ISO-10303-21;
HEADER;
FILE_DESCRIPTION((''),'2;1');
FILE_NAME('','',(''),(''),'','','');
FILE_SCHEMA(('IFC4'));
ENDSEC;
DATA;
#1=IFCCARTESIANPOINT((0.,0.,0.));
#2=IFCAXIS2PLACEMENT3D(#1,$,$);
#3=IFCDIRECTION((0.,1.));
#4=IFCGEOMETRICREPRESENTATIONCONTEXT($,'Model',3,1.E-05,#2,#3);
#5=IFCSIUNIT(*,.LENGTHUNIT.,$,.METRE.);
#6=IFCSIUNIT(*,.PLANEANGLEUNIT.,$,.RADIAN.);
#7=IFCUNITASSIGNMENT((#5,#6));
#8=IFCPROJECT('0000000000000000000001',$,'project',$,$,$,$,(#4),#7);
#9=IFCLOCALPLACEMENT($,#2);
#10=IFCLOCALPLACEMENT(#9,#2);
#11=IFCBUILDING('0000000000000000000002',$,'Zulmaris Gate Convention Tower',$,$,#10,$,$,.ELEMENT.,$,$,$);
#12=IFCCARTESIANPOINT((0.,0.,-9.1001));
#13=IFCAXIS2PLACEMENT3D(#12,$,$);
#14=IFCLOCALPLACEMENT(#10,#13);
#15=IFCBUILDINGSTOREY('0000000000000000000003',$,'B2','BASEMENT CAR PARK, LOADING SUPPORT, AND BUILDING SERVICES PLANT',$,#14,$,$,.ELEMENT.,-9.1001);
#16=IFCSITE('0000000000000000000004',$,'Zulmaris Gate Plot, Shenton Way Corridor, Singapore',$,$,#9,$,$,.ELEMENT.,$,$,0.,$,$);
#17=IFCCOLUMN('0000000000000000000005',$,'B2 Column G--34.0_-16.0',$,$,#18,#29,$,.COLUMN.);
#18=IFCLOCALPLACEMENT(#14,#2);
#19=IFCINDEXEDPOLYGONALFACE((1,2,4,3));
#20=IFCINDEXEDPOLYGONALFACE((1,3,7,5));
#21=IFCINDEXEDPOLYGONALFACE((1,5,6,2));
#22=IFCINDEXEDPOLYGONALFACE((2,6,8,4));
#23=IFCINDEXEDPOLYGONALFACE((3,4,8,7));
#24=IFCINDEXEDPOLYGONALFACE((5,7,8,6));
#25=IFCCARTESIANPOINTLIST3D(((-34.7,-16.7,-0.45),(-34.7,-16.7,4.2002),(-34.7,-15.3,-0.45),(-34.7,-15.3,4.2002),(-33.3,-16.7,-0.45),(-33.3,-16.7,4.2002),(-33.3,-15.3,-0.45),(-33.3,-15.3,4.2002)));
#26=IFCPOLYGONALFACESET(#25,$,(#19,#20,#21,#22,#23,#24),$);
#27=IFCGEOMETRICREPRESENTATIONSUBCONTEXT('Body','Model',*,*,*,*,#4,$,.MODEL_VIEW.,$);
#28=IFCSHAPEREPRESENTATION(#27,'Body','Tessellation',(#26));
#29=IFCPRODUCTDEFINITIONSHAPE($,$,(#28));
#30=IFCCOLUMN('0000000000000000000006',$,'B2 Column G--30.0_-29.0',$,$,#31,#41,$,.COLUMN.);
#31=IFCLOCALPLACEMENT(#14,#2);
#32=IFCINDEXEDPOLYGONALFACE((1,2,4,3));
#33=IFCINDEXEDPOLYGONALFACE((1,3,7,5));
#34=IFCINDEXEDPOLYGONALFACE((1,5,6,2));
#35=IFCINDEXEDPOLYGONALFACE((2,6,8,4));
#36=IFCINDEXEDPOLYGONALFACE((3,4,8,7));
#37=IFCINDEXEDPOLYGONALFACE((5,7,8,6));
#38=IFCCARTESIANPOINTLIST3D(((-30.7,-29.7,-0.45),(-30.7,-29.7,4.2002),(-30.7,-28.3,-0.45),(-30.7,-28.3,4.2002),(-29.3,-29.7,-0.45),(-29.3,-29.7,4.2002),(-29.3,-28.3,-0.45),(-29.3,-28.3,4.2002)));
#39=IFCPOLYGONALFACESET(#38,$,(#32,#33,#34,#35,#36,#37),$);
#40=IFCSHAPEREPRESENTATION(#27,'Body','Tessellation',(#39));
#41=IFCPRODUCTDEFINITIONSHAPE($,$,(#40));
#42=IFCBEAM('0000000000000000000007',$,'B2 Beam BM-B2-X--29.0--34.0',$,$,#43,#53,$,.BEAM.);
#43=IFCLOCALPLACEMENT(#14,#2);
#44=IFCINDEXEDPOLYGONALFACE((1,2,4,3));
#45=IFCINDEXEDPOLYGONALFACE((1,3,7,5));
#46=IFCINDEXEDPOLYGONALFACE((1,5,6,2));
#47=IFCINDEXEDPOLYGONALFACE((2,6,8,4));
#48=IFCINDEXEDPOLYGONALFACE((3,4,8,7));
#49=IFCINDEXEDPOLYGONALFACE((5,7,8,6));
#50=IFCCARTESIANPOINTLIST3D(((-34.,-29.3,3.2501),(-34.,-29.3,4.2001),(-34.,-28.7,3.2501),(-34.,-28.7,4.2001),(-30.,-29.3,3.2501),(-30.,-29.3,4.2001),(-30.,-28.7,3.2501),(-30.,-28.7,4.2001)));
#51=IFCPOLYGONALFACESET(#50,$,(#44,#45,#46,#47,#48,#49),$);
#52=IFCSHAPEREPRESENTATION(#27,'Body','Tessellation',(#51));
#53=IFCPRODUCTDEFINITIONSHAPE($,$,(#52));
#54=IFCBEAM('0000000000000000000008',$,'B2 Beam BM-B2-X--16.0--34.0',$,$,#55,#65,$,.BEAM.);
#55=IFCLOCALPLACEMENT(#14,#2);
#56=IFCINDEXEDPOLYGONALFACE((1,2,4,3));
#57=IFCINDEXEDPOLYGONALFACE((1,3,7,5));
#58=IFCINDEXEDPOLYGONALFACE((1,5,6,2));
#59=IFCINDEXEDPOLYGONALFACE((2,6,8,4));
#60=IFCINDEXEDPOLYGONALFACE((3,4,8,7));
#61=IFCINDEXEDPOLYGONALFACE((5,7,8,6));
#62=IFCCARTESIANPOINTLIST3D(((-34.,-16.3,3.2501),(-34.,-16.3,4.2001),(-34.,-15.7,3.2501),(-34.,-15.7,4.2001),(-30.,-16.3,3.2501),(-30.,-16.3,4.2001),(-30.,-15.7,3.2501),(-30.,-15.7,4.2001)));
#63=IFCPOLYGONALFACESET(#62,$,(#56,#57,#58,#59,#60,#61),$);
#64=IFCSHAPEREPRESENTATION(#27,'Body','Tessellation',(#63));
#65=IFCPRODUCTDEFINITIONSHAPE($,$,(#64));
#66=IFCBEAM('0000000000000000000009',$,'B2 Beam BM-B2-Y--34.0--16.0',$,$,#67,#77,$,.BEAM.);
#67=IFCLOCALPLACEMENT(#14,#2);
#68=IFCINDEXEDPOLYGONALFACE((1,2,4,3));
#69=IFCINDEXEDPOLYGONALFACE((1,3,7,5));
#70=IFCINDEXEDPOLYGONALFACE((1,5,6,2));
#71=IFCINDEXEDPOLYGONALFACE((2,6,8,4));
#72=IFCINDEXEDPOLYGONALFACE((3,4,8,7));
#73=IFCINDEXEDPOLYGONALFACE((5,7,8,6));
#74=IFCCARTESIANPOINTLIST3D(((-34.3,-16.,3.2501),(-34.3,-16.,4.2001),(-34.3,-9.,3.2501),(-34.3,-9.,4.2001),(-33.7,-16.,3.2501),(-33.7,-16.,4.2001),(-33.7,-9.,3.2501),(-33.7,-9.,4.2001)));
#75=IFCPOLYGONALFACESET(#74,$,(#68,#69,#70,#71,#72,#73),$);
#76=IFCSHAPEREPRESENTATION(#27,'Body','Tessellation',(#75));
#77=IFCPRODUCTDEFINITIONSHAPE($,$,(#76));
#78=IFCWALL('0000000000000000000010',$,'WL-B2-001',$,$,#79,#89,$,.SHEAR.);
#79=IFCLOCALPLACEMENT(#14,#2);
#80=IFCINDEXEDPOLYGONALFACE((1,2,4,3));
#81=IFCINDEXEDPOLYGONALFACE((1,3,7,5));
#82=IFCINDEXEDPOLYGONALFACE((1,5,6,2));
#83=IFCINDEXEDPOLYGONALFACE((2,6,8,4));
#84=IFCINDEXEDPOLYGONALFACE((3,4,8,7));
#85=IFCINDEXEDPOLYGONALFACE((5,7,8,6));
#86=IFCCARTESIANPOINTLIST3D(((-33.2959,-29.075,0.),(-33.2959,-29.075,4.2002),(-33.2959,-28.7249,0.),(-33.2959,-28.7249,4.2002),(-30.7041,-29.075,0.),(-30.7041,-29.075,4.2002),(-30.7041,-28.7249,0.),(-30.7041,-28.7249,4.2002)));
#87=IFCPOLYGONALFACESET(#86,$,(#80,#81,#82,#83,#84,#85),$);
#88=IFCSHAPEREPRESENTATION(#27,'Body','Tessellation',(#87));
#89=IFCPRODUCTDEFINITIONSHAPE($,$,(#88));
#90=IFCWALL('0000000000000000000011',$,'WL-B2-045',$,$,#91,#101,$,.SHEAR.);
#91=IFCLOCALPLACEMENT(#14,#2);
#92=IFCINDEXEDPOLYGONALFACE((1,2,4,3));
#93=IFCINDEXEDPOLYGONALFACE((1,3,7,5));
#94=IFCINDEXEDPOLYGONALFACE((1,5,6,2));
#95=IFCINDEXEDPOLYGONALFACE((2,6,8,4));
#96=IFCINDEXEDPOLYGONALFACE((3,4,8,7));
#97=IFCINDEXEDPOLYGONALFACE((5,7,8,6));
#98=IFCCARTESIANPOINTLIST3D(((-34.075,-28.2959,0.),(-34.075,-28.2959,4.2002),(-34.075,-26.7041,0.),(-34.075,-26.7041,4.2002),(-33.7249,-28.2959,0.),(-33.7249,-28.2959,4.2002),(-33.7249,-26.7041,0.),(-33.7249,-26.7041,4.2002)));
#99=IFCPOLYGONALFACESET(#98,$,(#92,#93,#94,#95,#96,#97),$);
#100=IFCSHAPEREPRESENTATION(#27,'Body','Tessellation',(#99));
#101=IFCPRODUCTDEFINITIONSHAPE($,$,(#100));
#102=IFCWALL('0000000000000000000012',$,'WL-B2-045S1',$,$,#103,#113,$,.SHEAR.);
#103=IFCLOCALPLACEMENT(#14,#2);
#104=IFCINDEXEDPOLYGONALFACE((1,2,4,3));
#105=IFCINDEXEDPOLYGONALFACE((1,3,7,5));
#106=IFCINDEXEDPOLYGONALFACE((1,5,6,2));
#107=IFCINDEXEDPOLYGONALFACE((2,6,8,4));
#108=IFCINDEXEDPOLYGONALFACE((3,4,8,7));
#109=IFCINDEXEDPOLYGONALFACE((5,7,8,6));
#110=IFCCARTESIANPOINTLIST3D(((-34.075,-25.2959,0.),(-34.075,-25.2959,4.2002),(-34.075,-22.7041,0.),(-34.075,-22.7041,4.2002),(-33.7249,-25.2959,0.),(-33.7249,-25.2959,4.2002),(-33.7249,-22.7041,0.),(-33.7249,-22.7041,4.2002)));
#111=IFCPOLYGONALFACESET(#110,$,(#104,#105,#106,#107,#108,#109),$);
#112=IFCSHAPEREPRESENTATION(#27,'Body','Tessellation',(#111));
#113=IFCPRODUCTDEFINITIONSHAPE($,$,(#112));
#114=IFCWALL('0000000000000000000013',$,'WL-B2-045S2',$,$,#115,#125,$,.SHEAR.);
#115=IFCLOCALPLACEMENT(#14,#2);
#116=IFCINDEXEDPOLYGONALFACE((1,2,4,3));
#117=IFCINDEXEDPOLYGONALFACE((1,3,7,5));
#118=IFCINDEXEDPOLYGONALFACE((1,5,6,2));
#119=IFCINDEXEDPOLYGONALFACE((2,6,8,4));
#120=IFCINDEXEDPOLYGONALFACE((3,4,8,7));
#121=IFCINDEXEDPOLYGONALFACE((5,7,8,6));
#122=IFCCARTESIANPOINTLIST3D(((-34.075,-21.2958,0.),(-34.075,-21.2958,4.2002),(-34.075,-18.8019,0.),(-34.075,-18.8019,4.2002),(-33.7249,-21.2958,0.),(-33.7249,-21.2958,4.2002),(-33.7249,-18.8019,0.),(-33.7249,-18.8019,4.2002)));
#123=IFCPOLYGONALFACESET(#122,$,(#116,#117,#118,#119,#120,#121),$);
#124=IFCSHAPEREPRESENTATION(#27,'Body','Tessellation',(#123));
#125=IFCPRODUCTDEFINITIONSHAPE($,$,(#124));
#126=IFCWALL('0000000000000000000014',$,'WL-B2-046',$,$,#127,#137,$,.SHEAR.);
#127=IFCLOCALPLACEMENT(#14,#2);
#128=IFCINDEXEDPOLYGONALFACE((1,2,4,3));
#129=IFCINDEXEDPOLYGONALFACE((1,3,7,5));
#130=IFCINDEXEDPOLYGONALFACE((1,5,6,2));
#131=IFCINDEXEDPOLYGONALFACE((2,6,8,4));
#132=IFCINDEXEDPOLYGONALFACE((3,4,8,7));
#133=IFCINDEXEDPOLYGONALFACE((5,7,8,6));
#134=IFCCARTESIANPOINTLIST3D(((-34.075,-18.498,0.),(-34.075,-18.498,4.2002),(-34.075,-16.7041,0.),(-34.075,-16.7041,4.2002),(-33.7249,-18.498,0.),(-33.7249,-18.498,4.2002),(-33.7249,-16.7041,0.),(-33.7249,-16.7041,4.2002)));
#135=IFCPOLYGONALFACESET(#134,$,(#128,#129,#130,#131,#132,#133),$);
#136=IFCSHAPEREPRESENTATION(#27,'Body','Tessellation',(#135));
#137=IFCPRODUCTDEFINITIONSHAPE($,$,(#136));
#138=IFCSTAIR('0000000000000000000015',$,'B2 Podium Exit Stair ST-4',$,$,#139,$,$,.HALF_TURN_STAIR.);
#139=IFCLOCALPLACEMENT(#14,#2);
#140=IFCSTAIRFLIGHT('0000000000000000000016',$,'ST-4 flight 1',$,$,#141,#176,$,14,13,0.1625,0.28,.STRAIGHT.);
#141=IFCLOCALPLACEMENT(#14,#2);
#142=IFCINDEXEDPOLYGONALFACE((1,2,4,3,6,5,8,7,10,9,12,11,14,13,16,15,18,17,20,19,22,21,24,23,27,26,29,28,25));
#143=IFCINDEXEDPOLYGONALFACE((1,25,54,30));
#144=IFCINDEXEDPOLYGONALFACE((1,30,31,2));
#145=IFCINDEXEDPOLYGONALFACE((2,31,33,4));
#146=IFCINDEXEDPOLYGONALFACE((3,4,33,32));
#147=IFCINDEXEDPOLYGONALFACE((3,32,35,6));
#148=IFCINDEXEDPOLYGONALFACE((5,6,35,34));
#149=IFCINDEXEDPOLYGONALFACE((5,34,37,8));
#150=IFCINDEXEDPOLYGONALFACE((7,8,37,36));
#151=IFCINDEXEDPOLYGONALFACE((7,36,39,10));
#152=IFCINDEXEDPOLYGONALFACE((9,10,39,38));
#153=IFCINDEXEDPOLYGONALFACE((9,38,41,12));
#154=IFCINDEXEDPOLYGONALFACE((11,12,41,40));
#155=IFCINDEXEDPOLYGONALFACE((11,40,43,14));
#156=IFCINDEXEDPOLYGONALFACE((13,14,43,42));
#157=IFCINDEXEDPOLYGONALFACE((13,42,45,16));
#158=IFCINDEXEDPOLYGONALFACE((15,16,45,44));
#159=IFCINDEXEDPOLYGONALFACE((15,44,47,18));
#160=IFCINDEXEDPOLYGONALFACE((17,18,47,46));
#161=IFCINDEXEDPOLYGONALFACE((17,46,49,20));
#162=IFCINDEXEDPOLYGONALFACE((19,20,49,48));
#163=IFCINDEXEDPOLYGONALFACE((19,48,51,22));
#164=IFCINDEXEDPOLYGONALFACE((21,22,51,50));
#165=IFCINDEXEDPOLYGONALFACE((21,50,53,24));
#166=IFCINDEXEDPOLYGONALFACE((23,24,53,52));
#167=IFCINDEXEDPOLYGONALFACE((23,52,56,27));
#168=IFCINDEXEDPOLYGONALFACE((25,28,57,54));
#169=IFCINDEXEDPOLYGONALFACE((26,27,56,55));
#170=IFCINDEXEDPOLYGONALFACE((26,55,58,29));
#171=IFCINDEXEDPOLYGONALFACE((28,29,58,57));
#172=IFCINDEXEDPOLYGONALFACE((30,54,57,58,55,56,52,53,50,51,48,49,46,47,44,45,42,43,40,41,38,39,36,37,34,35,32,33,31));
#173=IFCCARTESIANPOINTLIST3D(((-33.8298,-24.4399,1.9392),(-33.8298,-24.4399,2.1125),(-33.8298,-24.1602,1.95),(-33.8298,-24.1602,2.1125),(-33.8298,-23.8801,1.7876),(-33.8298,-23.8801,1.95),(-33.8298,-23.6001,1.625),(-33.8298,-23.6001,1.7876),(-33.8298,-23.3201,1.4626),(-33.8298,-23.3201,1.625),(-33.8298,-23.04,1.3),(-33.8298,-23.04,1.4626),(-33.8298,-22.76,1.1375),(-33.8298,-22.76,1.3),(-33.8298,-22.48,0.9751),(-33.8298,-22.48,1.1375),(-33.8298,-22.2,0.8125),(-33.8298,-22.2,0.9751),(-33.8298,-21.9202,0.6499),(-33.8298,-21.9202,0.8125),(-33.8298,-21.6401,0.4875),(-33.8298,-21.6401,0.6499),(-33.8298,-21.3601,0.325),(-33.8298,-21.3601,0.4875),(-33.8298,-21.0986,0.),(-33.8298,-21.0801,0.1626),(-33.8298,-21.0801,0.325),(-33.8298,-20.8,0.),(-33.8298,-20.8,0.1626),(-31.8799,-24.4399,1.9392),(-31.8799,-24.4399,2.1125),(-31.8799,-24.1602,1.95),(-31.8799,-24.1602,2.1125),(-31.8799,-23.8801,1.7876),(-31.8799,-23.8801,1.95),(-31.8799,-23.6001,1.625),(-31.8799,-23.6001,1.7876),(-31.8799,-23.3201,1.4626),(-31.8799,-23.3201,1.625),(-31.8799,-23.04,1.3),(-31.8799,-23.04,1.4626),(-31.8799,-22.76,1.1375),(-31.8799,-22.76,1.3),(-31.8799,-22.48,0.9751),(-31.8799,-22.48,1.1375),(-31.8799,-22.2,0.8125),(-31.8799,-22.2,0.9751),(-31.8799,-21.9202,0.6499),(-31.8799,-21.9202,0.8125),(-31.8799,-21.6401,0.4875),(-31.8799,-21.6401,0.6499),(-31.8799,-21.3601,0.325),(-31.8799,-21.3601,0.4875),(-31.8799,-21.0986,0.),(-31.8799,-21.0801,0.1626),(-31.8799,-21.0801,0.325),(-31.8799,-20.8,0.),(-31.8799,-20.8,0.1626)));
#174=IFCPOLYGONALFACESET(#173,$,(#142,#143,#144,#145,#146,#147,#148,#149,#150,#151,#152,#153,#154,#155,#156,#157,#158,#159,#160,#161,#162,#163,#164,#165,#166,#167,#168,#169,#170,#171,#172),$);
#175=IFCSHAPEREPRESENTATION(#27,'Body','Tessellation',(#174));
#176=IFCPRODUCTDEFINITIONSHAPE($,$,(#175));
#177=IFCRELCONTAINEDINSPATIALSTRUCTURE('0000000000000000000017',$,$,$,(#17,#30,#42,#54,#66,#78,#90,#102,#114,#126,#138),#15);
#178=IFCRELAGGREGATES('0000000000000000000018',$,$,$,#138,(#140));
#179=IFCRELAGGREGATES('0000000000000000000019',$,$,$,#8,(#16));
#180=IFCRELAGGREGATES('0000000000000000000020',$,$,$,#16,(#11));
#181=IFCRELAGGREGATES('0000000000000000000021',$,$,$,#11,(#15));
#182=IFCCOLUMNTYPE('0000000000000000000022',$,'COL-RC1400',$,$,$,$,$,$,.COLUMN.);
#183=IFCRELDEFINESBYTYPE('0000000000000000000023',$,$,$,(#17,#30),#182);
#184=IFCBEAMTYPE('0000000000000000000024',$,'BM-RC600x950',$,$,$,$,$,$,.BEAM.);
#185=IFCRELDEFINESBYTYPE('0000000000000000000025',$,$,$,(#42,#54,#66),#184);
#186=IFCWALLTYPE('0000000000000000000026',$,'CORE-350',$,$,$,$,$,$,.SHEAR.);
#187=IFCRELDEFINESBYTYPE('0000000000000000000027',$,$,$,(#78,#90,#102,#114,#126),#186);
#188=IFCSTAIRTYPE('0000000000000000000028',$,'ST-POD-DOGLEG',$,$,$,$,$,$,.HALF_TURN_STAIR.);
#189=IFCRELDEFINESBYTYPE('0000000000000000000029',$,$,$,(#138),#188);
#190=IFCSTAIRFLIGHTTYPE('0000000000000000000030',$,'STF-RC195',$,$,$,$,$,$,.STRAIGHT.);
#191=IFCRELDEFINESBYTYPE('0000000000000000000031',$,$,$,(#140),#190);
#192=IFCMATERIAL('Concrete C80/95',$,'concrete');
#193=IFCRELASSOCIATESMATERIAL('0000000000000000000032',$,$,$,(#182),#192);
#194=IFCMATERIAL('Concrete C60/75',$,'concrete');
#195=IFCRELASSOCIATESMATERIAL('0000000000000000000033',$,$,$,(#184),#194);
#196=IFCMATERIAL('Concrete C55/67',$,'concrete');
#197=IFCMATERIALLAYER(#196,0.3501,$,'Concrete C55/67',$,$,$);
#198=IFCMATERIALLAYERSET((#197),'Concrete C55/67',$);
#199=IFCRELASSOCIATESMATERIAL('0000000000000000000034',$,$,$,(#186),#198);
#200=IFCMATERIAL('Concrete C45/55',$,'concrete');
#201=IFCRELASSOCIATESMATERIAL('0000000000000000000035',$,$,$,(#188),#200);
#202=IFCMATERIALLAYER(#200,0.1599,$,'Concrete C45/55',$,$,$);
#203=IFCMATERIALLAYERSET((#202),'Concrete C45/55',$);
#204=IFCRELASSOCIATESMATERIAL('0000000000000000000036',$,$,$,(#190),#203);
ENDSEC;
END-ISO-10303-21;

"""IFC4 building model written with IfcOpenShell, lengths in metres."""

from ifc_helpers import new_model, si_unit, direction, frame, frame_2d, origin, origin_2d, place, context, subcontext, project, spatial, polyline, rectangle, outline, extrude, material, layer, layer_set, material_profile, profile_set, type_object, element, aggregate, save


model = new_model("IFC4")

# Units and contexts
model_context = context("Model", 3, precision=1e-05, world=origin(), true_north=direction((0.0, 1.0)))
body_context = subcontext(model_context, "Body", "Model", "MODEL_VIEW")
ifc_project = project(units=[si_unit("LENGTHUNIT", "METRE"), si_unit("PLANEANGLEUNIT", "RADIAN")], contexts=[model_context])

# Site, building, storey
site_placement = place(None, origin())
site = spatial("IfcSite", under=ifc_project, at=site_placement, Name="Zulmaris Gate Plot, Shenton Way Corridor, Singapore", CompositionType="ELEMENT", RefElevation=0.0)
building_placement = place(site_placement, origin())
building = spatial("IfcBuilding", under=site, at=building_placement, Name="Zulmaris Gate Convention Tower", CompositionType="ELEMENT")
storey_placement = place(building_placement, frame((0.0, 0.0, -9.1001)))
storey = spatial("IfcBuildingStorey", under=building, at=storey_placement, Name="B2", Description="BASEMENT CAR PARK, LOADING SUPPORT, AND BUILDING SERVICES PLANT", CompositionType="ELEMENT", Elevation=-9.1001)

# Columns
ifc_material_1 = material(Name="Concrete C80/95", Category="concrete")
ifc_material_profile_1 = material_profile(ifc_material_1, rectangle(XDim=1.3999, YDim=1.3999, at=origin_2d()), Name="RC COL 1400x1400")
ifc_profile_set_1 = profile_set([ifc_material_profile_1], Name="Concrete C80/95")
column_type = type_object("IfcColumnType", Name="COL-RC1400", PredefinedType="COLUMN", material=ifc_profile_set_1)
for number, where, z_axis, x_axis, name in (
    (1, (-34.0, -16.0, -0.45), (0.0, 0.0, 1.0), (1.0, 0.0, 0.0), "B2 Column G--34.0_-16.0"),
    (2, (-30.0, -29.0, -0.45), (0.0, 0.0, 1.0), (1.0, 0.0, 0.0), "B2 Column G--30.0_-29.0"),
):
    element("IfcColumn", number, at=place(storey_placement, frame(where, z_axis=z_axis, x_axis=x_axis)), inside=storey, type_object=column_type, Name=name, PredefinedType="COLUMN", context=body_context, shape_type="SweptSolid", body=[
        extrude(rectangle(XDim=1.3999, YDim=1.3999, at=origin_2d()), origin(), (0.0, 0.0, 1.0), 4.6501),
    ])

# Beams
ifc_material_2 = material(Name="Concrete C60/75", Category="concrete")
ifc_material_profile_2 = material_profile(ifc_material_2, rectangle(XDim=0.6001, YDim=0.95, at=origin_2d()), Name="RC BEAM 600x950")
ifc_profile_set_2 = profile_set([ifc_material_profile_2], Name="Concrete C60/75")
beam_type = type_object("IfcBeamType", Name="BM-RC600x950", PredefinedType="BEAM", material=ifc_profile_set_2)
for number, where, z_axis, x_axis, name in (
    (3, (-34.0, -29.0, 3.7251), (1.0, 0.0, 0.0), (0.0, 1.0, 0.0), "B2 Beam BM-B2-X--29.0--34.0"),
    (4, (-34.0, -16.0, 3.7251), (1.0, 0.0, 0.0), (0.0, 1.0, 0.0), "B2 Beam BM-B2-X--16.0--34.0"),
):
    element("IfcBeam", number, at=place(storey_placement, frame(where, z_axis=z_axis, x_axis=x_axis)), inside=storey, type_object=beam_type, Name=name, PredefinedType="BEAM", context=body_context, shape_type="SweptSolid", body=[
        extrude(rectangle(XDim=0.6001, YDim=0.95, at=origin_2d()), origin(), (0.0, 0.0, 1.0), 4.0),
    ])
beam_placement = place(storey_placement, frame((-34.0, -16.0, 3.7251), z_axis=(0.0, 1.0, 0.0), x_axis=(-1.0, 0.0, 0.0)))
element("IfcBeam", 5, at=beam_placement, inside=storey, type_object=beam_type, Name="B2 Beam BM-B2-Y--34.0--16.0", PredefinedType="BEAM", context=body_context, shape_type="SweptSolid", body=[
    extrude(rectangle(XDim=0.6001, YDim=0.95, at=origin_2d()), origin(), (0.0, 0.0, 1.0), 7.0),
])

# Walls
ifc_material_3 = material(Name="Concrete C55/67", Category="concrete")
ifc_layer_1 = layer(ifc_material_3, 0.3501, Name="Concrete C55/67")
ifc_layer_set_1 = layer_set([ifc_layer_1], Name="Concrete C55/67")
wall_type_1 = type_object("IfcWallType", Name="CORE-350", PredefinedType="SHEAR", material=ifc_layer_set_1)
wall_1_placement = place(storey_placement, frame((-33.2959, -28.8999, 0.0), z_axis=(0.0, 0.0, 1.0), x_axis=(1.0, 0.0, 0.0)))
element("IfcWall", 6, at=wall_1_placement, inside=storey, type_object=wall_type_1, Name="WL-B2-001", PredefinedType="SHEAR", context=body_context, shape_type="SweptSolid", body=[
    extrude(rectangle(XDim=2.5918, YDim=0.3501, at=frame_2d((1.2959, 0.0))), origin(), (0.0, 0.0, 1.0), 4.2002),
])
wall_2_placement = place(storey_placement, frame((-33.8999, -28.2959, 0.0), z_axis=(0.0, 0.0, 1.0), x_axis=(0.0, 1.0, 0.0)))
element("IfcWall", 7, at=wall_2_placement, inside=storey, type_object=wall_type_1, Name="WL-B2-045", PredefinedType="SHEAR", context=body_context, shape_type="SweptSolid", body=[
    extrude(rectangle(XDim=1.5918, YDim=0.3501, at=frame_2d((0.7959, 0.0))), origin(), (0.0, 0.0, 1.0), 4.2002),
])
wall_3_placement = place(storey_placement, frame((-33.8999, -25.2959, 0.0), z_axis=(0.0, 0.0, 1.0), x_axis=(0.0, 1.0, 0.0)))
element("IfcWall", 8, at=wall_3_placement, inside=storey, type_object=wall_type_1, Name="WL-B2-045S1", PredefinedType="SHEAR", context=body_context, shape_type="SweptSolid", body=[
    extrude(rectangle(XDim=2.5918, YDim=0.3501, at=frame_2d((1.2959, 0.0))), origin(), (0.0, 0.0, 1.0), 4.2002),
])
wall_4_placement = place(storey_placement, frame((-33.8999, -21.2959, 0.0), z_axis=(0.0, 0.0, 1.0), x_axis=(0.0, 1.0, 0.0)))
element("IfcWall", 9, at=wall_4_placement, inside=storey, type_object=wall_type_1, Name="WL-B2-045S2", PredefinedType="SHEAR", context=body_context, shape_type="SweptSolid", body=[
    extrude(rectangle(XDim=2.4939, YDim=0.3501, at=frame_2d((1.2471, 0.0))), origin(), (0.0, 0.0, 1.0), 4.2002),
])
wall_5_placement = place(storey_placement, frame((-33.8999, -18.498, 0.0), z_axis=(0.0, 0.0, 1.0), x_axis=(0.0, 1.0, 0.0)))
element("IfcWall", 10, at=wall_5_placement, inside=storey, type_object=wall_type_1, Name="WL-B2-046", PredefinedType="SHEAR", context=body_context, shape_type="SweptSolid", body=[
    extrude(rectangle(XDim=1.7939, YDim=0.3501, at=frame_2d((0.897, 0.0))), origin(), (0.0, 0.0, 1.0), 4.2002),
])

# Stair, stair flight
ifc_material_4 = material(Name="Concrete C45/55", Category="concrete")
stair_type = type_object("IfcStairType", Name="ST-POD-DOGLEG", PredefinedType="HALF_TURN_STAIR", material=ifc_material_4)
stair_placement = place(storey_placement, origin())
stair = element("IfcStair", 11, at=stair_placement, inside=storey, type_object=stair_type, Name="B2 Podium Exit Stair ST-4", PredefinedType="HALF_TURN_STAIR")
ifc_layer_2 = layer(ifc_material_4, 0.1599, Name="Concrete C45/55")
ifc_layer_set_2 = layer_set([ifc_layer_2], Name="Concrete C45/55")
stair_flight_type = type_object("IfcStairFlightType", Name="STF-RC195", PredefinedType="STRAIGHT", material=ifc_layer_set_2)
stair_flight_1_placement = place(storey_placement, frame((-32.855, -20.8, 0.0), z_axis=(0.0, 0.0, 1.0), x_axis=(0.0, -1.0, 0.0)))
stair_flight_1 = element("IfcStairFlight", 12, at=stair_flight_1_placement, type_object=stair_flight_type, Name="ST-4 flight 1", NumberOfRisers=14, NumberOfTreads=13, PredefinedType="STRAIGHT", RiserHeight=0.1625, TreadLength=0.28, context=body_context, shape_type="SweptSolid", body=[
    extrude(outline(polyline([(0.0, 0.0), (0.0, 0.1626), (0.28, 0.1626), (0.28, 0.325), (0.5601, 0.325), (0.5601, 0.4875), (0.8401, 0.4875), (0.8401, 0.6499), (1.1201, 0.6499), (1.1201, 0.8125), (1.3999, 0.8125), (1.3999, 0.9751), (1.6799, 0.9751), (1.6799, 1.1375), (1.96, 1.1375), (1.96, 1.3), (2.24, 1.3), (2.24, 1.4626), (2.52, 1.4626), (2.52, 1.625), (2.8, 1.625), (2.8, 1.7876), (3.0801, 1.7876), (3.0801, 1.95), (3.3601, 1.95), (3.3601, 2.1125), (3.6399, 2.1125), (3.6399, 2.2751), (3.6399, 1.9392), (0.2986, 0.0), (0.0, 0.0)])), frame((0.0, 0.9751, 0.0), z_axis=(0.0, -1.0, 0.0), x_axis=(1.0, 0.0, 0.0)), (0.0, 0.0, 1.0), 1.95),
])
aggregate(stair, [stair_flight_1])

save(model, "model.ifc")
